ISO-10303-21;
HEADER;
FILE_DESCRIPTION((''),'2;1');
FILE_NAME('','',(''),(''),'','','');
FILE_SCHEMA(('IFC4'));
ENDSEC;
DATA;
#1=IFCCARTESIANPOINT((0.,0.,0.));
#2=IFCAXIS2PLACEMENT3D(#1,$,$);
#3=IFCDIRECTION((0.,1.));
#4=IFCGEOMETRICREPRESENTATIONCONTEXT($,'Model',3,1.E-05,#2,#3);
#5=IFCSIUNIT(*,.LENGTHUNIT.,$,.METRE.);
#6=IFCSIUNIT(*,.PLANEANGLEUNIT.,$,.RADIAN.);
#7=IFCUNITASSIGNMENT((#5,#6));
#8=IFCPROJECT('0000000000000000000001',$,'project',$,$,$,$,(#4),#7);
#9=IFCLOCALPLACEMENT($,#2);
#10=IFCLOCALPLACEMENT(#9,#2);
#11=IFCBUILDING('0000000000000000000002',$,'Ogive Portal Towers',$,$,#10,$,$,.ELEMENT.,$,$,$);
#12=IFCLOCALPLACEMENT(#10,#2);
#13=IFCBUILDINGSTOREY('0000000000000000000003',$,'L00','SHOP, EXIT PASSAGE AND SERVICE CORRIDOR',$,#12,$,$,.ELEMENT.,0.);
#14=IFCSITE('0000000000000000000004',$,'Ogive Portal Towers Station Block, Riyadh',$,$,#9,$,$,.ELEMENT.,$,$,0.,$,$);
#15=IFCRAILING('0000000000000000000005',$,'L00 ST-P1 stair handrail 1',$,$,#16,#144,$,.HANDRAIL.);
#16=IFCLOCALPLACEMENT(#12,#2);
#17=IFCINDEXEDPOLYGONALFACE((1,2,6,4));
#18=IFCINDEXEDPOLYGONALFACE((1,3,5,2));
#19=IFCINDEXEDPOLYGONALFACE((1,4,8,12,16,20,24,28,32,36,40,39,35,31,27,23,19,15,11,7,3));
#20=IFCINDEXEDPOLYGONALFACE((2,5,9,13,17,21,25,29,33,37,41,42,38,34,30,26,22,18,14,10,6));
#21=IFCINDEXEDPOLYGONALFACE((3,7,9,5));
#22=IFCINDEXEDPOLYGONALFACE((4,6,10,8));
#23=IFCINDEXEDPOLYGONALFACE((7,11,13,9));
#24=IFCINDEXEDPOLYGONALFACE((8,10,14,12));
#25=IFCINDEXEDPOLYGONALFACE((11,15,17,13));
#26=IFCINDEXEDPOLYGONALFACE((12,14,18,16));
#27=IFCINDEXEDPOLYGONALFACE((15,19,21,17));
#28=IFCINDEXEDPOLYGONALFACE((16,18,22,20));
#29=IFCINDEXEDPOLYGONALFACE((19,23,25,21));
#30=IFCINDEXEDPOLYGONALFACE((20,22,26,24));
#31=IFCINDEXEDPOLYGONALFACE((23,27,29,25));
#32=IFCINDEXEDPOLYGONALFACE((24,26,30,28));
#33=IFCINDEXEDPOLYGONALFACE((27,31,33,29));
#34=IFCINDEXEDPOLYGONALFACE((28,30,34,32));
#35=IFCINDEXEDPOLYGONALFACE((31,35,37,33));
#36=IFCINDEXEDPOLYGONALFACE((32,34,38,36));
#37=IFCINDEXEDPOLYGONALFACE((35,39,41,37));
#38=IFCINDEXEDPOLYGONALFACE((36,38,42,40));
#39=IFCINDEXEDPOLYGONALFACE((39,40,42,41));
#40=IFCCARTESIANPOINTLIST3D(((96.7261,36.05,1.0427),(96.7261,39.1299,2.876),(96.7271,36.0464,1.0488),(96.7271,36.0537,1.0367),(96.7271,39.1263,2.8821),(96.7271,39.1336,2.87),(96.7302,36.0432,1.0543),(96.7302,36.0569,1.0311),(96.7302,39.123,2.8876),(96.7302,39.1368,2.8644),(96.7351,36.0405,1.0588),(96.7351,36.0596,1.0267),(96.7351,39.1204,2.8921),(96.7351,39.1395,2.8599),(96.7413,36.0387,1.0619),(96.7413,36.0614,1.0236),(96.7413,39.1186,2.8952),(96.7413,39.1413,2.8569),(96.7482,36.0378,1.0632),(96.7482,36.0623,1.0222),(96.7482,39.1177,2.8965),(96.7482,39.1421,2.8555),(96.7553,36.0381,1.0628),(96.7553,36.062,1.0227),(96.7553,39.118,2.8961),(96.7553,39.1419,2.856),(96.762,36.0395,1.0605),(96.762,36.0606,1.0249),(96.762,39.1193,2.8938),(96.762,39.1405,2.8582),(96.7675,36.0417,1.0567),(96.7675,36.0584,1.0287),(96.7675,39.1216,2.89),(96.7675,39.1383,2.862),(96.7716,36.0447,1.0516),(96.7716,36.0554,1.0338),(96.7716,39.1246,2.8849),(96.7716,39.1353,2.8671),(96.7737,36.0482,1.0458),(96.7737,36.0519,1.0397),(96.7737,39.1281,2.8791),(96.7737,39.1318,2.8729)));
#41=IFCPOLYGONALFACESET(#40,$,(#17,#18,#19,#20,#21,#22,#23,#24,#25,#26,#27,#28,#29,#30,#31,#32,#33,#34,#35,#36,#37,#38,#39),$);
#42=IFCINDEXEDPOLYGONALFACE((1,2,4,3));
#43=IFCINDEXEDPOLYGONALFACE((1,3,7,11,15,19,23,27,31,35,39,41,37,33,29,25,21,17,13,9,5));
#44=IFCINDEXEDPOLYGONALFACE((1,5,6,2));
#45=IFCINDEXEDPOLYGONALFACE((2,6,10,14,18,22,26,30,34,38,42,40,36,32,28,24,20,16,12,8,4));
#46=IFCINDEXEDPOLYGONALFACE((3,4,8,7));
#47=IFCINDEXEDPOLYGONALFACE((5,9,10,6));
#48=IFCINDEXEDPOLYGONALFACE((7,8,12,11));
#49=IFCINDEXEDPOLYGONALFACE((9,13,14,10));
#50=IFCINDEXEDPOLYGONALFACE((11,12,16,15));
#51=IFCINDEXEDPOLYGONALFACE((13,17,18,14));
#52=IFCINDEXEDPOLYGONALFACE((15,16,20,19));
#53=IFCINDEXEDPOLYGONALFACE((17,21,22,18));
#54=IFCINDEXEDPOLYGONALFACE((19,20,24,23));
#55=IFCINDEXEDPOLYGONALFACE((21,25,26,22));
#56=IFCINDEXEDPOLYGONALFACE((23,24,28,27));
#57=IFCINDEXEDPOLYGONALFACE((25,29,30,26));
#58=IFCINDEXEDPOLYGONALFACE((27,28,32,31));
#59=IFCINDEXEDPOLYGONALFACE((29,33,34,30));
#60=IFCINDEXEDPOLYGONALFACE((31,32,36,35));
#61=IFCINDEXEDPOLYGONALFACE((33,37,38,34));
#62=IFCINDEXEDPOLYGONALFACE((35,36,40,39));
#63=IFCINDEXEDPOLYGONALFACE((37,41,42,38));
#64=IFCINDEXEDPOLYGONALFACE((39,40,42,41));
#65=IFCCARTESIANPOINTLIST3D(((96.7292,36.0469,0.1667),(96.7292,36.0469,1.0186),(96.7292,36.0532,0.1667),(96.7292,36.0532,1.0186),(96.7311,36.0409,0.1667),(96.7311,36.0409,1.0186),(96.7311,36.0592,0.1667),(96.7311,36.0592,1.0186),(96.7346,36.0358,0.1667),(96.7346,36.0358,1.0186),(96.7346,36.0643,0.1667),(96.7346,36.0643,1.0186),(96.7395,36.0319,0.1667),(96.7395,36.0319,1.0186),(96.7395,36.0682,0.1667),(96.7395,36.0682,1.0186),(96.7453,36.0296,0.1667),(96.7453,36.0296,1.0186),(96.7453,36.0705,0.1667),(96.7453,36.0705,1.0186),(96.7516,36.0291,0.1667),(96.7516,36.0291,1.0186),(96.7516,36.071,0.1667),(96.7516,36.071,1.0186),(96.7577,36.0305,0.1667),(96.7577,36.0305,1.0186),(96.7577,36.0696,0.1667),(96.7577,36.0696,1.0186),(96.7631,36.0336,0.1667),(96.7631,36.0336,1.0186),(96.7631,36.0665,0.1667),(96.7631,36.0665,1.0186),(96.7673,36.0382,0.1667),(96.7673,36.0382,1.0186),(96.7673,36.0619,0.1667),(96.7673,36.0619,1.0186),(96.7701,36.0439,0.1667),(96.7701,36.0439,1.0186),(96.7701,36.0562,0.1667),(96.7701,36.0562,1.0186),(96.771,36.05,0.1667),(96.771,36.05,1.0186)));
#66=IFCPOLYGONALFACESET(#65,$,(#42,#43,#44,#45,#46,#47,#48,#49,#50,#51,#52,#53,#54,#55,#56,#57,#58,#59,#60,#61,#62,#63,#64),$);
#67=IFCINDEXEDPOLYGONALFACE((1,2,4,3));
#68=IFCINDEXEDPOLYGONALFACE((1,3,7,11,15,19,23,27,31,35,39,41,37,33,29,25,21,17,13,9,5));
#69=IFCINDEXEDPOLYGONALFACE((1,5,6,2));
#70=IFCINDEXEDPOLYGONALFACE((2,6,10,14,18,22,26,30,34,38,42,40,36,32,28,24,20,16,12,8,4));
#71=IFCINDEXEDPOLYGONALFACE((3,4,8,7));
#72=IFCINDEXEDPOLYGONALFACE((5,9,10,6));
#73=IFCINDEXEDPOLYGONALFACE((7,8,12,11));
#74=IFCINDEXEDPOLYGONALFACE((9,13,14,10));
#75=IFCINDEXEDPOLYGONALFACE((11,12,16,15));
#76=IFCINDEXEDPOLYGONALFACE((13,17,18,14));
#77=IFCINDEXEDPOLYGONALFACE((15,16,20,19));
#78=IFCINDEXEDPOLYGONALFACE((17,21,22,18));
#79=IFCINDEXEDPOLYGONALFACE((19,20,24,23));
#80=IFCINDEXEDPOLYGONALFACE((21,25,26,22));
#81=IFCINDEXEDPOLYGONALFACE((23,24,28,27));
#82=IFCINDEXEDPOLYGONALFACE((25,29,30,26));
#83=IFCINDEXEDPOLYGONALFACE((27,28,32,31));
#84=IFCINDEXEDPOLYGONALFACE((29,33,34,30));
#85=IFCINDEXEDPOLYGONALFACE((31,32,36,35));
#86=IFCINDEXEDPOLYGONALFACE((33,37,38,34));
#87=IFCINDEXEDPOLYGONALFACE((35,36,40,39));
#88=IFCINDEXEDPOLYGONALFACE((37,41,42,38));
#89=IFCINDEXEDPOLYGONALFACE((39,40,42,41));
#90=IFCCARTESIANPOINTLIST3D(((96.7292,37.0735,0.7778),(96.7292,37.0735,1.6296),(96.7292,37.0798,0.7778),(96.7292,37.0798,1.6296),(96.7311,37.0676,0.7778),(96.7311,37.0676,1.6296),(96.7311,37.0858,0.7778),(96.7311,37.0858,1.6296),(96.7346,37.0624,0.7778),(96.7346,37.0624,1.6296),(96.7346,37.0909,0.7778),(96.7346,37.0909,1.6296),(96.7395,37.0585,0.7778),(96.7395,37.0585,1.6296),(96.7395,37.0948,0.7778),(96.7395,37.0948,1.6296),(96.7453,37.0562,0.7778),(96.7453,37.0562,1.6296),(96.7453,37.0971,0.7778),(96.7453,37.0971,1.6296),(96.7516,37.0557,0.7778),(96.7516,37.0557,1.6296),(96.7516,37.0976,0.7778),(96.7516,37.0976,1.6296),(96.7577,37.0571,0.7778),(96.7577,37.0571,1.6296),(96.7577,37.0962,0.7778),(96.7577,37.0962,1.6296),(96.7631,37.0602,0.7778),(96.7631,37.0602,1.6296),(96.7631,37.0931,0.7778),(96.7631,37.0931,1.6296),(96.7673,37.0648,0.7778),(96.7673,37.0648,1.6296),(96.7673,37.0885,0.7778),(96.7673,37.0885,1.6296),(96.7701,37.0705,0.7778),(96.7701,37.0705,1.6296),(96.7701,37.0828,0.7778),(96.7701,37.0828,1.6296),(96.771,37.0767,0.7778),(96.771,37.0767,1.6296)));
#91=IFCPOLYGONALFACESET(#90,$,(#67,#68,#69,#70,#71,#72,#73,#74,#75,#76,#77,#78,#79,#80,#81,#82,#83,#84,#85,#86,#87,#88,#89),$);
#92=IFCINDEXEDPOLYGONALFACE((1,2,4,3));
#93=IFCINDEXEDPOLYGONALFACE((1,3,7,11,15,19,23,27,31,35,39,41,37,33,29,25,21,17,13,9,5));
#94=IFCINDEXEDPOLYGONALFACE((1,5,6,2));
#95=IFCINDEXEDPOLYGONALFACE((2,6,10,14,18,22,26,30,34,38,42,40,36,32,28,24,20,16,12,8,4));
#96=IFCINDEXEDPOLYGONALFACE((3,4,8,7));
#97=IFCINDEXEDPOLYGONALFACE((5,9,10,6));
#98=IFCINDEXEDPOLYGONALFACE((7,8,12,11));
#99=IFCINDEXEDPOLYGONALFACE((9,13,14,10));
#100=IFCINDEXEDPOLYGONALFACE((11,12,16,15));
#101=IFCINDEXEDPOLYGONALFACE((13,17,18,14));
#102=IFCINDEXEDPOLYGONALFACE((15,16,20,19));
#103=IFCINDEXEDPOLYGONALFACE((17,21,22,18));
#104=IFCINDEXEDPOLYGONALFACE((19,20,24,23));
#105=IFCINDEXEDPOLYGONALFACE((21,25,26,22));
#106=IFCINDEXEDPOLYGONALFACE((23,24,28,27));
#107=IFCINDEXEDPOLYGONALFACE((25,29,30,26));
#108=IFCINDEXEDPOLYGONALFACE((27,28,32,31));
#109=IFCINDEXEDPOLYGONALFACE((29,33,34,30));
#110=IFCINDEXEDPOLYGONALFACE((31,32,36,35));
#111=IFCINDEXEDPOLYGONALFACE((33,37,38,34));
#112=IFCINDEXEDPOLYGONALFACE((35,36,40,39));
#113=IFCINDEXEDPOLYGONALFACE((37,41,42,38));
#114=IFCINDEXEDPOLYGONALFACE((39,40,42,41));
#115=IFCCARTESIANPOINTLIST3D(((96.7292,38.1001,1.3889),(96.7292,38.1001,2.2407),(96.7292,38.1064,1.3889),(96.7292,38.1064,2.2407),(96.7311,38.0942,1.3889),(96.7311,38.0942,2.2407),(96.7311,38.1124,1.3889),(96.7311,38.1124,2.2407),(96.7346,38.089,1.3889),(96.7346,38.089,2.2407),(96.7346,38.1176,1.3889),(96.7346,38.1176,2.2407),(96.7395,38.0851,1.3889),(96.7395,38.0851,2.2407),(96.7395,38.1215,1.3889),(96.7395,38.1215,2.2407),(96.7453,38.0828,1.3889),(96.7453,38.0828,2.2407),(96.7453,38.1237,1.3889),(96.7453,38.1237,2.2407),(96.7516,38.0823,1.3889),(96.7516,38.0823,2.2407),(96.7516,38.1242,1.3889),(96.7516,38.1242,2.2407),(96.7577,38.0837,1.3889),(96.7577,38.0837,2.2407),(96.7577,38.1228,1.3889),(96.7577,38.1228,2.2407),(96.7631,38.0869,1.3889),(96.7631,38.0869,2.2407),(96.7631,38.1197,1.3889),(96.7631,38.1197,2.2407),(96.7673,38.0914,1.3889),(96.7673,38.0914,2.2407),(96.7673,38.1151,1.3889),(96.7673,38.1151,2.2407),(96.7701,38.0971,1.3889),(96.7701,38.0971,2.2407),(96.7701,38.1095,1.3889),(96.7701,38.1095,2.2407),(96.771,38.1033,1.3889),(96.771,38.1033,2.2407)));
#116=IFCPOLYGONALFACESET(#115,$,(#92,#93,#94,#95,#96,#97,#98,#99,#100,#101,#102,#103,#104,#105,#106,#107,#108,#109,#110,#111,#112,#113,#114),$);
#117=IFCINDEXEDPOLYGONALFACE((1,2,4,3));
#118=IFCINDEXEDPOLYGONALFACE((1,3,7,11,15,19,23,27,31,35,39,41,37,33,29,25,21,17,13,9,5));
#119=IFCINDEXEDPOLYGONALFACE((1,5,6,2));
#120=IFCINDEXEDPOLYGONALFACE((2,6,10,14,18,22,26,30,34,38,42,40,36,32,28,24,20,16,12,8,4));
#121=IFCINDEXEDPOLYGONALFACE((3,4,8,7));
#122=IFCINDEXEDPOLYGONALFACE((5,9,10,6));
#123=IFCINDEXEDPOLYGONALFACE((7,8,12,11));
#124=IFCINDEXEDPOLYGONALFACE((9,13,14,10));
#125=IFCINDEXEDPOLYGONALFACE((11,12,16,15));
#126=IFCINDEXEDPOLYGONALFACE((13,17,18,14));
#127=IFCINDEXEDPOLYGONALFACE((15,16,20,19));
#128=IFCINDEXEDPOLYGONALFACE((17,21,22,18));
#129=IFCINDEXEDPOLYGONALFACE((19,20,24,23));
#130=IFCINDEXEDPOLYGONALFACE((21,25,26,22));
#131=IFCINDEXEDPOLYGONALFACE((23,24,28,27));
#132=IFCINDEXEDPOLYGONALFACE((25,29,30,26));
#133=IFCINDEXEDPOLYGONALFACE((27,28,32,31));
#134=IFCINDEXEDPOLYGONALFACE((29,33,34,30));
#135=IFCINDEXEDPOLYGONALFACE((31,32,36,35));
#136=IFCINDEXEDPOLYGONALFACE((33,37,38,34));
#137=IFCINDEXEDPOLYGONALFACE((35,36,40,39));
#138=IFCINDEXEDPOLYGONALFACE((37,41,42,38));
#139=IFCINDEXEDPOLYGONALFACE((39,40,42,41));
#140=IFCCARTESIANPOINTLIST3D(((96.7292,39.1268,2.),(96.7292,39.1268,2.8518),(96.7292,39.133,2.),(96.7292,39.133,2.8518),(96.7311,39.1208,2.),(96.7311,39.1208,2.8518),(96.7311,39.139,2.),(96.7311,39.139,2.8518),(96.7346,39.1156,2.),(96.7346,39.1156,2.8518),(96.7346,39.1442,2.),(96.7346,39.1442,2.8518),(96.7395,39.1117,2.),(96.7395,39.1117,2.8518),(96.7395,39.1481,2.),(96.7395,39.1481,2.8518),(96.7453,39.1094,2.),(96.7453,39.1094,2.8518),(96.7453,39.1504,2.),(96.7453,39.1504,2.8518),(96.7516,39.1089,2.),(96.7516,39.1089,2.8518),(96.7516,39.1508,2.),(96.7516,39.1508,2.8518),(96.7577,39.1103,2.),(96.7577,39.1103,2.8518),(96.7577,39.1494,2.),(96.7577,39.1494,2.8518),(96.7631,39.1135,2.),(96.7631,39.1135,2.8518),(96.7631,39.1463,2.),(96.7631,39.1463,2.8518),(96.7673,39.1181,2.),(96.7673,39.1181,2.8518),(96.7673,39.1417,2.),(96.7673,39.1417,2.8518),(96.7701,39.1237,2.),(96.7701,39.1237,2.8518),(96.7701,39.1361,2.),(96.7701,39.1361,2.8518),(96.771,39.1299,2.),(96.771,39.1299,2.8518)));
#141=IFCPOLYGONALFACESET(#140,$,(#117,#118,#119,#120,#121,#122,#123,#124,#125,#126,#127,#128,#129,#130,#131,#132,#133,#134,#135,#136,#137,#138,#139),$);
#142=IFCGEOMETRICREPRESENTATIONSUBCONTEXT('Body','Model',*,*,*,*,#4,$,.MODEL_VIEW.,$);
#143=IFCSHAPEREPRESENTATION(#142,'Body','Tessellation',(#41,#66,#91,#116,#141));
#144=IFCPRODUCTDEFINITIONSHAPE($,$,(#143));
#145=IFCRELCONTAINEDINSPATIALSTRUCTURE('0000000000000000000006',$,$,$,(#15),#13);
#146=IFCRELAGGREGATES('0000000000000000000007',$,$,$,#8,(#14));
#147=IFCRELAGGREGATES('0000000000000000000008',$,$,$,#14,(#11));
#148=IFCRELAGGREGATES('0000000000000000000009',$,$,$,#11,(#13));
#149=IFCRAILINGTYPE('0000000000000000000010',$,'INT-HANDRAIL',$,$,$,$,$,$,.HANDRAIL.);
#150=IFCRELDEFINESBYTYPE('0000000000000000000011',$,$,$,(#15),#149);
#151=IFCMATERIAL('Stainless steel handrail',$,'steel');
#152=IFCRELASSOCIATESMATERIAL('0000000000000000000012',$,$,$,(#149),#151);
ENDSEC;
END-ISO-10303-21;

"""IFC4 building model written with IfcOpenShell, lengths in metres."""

from ifc_helpers import new_model, si_unit, direction, frame, origin, origin_2d, place, context, subcontext, project, spatial, circle, extrude, material, type_object, element, save


model = new_model("IFC4")

# Units and contexts
model_context = context("Model", 3, precision=1e-05, world=origin(), true_north=direction((0.0, 1.0)))
body_context = subcontext(model_context, "Body", "Model", "MODEL_VIEW")
ifc_project = project(units=[si_unit("LENGTHUNIT", "METRE"), si_unit("PLANEANGLEUNIT", "RADIAN")], contexts=[model_context])

# Site, building, storey
site_placement = place(None, origin())
site = spatial("IfcSite", under=ifc_project, at=site_placement, Name="Ogive Portal Towers Station Block, Riyadh", CompositionType="ELEMENT", RefElevation=0.0)
building_placement = place(site_placement, origin())
building = spatial("IfcBuilding", under=site, at=building_placement, Name="Ogive Portal Towers", CompositionType="ELEMENT")
storey_placement = place(building_placement, origin())
storey = spatial("IfcBuildingStorey", under=building, at=storey_placement, Name="L00", Description="SHOP, EXIT PASSAGE AND SERVICE CORRIDOR", CompositionType="ELEMENT", Elevation=0.0)

# Railing
ifc_material_1 = material(Name="Stainless steel handrail", Category="steel")
railing_type_1 = type_object("IfcRailingType", Name="INT-HANDRAIL", PredefinedType="HANDRAIL", material=ifc_material_1)
railing_1_placement = place(storey_placement, frame((96.75, 36.05, 0.1667)))
element("IfcRailing", 1, at=railing_1_placement, inside=storey, type_object=railing_type_1, Name="L00 ST-P1 stair handrail 1", PredefinedType="HANDRAIL", context=body_context, shape_type="SweptSolid", body=[
    extrude(circle(Radius=0.0239, at=origin_2d()), frame((0.0, 0.0, 0.876), z_axis=(0.0, 0.859291, 0.511487), x_axis=(-1.0, 0.0, 0.0)), (0.0, 0.0, 1.0), 3.5842),
    extrude(circle(Radius=0.021, at=origin_2d()), origin(), (0.0, 0.0, 1.0), 0.8518),
    extrude(circle(Radius=0.021, at=origin_2d()), frame((0.0, 1.0266, 0.6111)), (0.0, 0.0, 1.0), 0.8518),
    extrude(circle(Radius=0.021, at=origin_2d()), frame((0.0, 2.0532, 1.2222)), (0.0, 0.0, 1.0), 0.8518),
    extrude(circle(Radius=0.021, at=origin_2d()), frame((0.0, 3.0798, 1.8333)), (0.0, 0.0, 1.0), 0.8518),
])

save(model, "model.ifc")
